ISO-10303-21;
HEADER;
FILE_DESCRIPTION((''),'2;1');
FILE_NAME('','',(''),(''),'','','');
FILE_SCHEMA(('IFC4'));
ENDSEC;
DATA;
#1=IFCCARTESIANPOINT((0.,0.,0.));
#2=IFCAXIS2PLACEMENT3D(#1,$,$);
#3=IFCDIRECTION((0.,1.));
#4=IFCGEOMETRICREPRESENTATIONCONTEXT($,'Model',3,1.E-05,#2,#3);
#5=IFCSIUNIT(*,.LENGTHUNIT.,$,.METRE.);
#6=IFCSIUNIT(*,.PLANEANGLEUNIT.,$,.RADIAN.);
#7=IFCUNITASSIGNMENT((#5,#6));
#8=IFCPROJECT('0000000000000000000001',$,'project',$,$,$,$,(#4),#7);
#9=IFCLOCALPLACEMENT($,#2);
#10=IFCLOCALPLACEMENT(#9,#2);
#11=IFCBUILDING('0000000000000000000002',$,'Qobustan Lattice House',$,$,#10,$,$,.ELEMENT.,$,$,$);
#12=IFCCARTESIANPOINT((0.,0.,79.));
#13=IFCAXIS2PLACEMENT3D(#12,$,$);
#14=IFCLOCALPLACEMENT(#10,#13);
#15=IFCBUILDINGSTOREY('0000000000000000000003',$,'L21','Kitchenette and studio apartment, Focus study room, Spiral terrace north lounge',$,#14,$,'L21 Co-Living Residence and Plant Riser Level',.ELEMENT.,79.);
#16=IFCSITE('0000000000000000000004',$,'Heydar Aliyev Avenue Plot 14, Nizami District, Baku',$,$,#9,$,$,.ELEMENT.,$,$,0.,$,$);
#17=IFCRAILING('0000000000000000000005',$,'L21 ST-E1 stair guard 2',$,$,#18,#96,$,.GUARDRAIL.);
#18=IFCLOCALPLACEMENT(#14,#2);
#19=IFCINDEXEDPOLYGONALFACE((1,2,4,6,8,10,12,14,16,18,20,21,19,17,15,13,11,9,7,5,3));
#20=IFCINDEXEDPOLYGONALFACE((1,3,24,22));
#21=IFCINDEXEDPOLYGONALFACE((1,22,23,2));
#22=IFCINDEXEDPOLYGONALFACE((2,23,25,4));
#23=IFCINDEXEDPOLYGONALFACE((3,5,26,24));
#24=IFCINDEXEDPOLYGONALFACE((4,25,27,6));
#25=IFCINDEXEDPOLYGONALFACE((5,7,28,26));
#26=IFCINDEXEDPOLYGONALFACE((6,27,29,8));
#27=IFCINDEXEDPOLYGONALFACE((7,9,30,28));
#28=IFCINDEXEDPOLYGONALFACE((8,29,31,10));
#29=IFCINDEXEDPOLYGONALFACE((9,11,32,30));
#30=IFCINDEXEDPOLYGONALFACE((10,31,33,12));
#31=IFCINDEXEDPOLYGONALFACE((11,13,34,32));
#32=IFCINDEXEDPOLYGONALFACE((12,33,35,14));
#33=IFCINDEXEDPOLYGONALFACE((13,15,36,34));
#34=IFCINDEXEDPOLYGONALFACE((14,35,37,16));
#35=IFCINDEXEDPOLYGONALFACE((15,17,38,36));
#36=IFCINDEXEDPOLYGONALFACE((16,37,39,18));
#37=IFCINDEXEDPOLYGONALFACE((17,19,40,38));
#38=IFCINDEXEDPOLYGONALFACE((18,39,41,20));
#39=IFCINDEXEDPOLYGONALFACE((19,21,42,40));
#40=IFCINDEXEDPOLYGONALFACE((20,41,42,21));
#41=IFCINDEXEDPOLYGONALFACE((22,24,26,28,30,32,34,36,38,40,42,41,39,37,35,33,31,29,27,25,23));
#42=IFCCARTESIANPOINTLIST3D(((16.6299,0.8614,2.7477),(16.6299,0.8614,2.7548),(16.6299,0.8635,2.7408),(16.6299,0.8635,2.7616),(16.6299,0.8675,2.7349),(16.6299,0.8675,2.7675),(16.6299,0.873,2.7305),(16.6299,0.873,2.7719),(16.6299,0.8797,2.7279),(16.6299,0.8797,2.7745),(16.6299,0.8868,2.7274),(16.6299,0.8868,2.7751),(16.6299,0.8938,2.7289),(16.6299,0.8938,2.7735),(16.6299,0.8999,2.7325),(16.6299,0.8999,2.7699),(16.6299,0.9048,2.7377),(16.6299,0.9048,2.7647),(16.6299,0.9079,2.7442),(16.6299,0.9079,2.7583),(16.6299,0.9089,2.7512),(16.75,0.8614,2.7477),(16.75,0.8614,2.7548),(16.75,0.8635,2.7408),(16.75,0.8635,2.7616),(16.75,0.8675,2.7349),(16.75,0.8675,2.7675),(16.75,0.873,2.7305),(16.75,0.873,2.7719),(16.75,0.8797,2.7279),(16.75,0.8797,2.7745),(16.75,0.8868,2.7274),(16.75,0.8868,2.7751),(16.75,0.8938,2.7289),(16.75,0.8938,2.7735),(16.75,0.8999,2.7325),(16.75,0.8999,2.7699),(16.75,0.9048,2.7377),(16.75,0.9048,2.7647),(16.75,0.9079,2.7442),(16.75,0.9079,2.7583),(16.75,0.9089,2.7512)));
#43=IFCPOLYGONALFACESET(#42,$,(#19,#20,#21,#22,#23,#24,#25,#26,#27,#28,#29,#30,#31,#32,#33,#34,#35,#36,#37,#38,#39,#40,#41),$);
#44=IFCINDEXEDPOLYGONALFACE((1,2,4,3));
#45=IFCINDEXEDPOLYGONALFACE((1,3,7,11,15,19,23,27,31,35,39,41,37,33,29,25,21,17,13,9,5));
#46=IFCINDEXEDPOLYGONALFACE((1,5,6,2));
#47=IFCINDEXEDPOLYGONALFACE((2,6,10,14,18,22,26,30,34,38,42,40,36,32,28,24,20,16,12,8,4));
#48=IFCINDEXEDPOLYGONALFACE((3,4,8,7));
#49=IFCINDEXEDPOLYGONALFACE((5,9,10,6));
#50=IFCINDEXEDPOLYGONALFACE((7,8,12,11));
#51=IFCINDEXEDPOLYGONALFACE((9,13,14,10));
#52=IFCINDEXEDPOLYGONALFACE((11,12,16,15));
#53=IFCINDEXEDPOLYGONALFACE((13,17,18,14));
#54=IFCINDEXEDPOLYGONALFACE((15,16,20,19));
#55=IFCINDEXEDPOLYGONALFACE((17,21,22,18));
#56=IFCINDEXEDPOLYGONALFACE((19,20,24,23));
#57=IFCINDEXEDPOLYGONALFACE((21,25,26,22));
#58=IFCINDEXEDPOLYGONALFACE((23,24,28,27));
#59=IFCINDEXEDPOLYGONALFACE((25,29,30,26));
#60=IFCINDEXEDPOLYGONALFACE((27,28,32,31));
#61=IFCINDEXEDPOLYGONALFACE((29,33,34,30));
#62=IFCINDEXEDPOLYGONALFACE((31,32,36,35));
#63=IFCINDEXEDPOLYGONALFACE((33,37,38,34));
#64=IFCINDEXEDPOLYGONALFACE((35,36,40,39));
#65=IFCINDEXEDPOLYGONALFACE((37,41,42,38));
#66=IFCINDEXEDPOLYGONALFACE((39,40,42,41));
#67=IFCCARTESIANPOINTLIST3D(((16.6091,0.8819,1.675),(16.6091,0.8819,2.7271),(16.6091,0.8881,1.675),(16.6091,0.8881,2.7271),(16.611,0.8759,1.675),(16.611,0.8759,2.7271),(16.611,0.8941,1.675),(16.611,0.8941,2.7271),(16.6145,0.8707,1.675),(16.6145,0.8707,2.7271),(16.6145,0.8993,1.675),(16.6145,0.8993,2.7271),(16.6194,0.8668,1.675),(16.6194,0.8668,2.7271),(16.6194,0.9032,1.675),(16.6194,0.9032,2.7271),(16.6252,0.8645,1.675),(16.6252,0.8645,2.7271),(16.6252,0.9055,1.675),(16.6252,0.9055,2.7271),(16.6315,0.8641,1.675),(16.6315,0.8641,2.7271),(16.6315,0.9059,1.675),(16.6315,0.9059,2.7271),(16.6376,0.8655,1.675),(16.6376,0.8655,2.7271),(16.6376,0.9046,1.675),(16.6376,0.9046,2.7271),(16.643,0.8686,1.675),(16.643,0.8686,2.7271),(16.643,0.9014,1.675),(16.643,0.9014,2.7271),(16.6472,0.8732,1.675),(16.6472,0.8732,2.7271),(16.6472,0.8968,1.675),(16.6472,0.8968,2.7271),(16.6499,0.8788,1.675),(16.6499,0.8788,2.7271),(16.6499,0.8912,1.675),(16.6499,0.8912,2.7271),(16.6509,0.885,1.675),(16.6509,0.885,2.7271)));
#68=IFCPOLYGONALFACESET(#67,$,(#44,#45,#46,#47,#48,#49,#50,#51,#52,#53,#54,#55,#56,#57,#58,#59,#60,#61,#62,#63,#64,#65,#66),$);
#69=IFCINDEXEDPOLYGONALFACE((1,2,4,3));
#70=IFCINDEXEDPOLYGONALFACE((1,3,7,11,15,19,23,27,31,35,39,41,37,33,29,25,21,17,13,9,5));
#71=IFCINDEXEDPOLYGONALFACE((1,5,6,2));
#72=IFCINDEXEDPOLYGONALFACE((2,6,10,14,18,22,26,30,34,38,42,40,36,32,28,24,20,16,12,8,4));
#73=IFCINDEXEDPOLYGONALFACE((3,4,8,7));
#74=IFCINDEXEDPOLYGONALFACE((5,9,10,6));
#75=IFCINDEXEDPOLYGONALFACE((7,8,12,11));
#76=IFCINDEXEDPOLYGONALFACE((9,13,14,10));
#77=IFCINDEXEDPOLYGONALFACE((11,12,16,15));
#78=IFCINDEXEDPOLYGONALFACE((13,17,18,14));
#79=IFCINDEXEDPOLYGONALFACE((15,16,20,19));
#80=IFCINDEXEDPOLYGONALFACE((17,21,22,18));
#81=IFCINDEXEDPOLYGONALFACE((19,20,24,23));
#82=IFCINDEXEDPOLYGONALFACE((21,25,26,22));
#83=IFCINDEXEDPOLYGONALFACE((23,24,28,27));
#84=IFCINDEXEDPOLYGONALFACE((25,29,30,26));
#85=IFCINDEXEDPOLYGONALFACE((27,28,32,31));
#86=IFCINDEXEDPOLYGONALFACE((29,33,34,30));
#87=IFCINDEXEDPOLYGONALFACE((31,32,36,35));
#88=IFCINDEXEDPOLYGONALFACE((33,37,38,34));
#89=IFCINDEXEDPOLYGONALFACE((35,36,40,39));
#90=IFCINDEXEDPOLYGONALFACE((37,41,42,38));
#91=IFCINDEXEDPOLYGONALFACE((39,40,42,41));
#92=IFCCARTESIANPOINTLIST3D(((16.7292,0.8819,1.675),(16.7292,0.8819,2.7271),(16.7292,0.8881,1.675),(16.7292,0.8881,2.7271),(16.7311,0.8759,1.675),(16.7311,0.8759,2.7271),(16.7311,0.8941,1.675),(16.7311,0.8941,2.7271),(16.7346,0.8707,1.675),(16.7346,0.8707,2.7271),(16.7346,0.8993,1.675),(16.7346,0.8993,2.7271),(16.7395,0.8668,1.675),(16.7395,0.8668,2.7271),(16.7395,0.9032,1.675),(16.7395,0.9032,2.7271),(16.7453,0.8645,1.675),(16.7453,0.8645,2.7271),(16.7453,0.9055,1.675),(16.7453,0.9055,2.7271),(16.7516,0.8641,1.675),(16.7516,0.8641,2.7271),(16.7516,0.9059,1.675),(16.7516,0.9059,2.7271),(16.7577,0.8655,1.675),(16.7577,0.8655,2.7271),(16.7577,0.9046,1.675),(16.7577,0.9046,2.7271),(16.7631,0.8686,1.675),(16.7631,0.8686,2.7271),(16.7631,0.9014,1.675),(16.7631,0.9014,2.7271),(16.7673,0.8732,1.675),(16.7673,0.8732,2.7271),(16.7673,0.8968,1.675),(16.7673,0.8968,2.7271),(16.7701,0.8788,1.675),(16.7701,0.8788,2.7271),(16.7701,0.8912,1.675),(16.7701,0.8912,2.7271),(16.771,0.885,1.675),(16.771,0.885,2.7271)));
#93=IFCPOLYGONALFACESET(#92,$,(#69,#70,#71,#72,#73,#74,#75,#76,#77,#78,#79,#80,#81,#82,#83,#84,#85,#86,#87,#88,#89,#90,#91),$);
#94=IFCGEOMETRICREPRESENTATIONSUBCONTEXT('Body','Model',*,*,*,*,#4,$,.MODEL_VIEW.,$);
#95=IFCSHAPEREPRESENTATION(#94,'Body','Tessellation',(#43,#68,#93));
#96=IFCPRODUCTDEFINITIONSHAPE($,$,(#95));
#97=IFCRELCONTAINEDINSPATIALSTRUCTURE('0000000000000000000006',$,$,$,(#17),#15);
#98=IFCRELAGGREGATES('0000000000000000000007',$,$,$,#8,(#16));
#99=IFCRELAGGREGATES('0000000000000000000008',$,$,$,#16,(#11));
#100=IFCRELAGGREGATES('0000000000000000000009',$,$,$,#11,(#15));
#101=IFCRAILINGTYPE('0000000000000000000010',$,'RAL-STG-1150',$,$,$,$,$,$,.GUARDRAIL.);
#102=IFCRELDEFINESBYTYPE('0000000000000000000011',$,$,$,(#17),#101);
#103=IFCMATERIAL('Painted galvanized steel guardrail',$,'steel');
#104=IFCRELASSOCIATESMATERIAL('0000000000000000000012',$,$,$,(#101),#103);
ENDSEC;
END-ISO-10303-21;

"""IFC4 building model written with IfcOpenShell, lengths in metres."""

from ifc_helpers import new_model, si_unit, direction, frame, origin, origin_2d, place, context, subcontext, project, spatial, circle, extrude, material, type_object, element, save


model = new_model("IFC4")

# Units and contexts
model_context = context("Model", 3, precision=1e-05, world=origin(), true_north=direction((0.0, 1.0)))
body_context = subcontext(model_context, "Body", "Model", "MODEL_VIEW")
ifc_project = project(units=[si_unit("LENGTHUNIT", "METRE"), si_unit("PLANEANGLEUNIT", "RADIAN")], contexts=[model_context])

# Site, building, storey
site_placement = place(None, origin())
site = spatial("IfcSite", under=ifc_project, at=site_placement, Name="Heydar Aliyev Avenue Plot 14, Nizami District, Baku", CompositionType="ELEMENT", RefElevation=0.0)
building_placement = place(site_placement, origin())
building = spatial("IfcBuilding", under=site, at=building_placement, Name="Qobustan Lattice House", CompositionType="ELEMENT")
storey_placement = place(building_placement, frame((0.0, 0.0, 79.0)))
storey = spatial("IfcBuildingStorey", under=building, at=storey_placement, Name="L21", Description="Kitchenette and studio apartment, Focus study room, Spiral terrace north lounge", LongName="L21 Co-Living Residence and Plant Riser Level", CompositionType="ELEMENT", Elevation=79.0)

# Railing
ifc_material_1 = material(Name="Painted galvanized steel guardrail", Category="steel")
railing_type_1 = type_object("IfcRailingType", Name="RAL-STG-1150", PredefinedType="GUARDRAIL", material=ifc_material_1)
railing_1_placement = place(storey_placement, frame((16.6299, 0.885, 1.675)))
element("IfcRailing", 1, at=railing_1_placement, inside=storey, type_object=railing_type_1, Name="L21 ST-E1 stair guard 2", PredefinedType="GUARDRAIL", context=body_context, shape_type="SweptSolid", body=[
    extrude(circle(Radius=0.0239, at=origin_2d()), frame((0.0, 0.0, 1.0762), z_axis=(1.0, 0.0, 0.0), x_axis=(0.0, 1.0, 0.0)), (0.0, 0.0, 1.0), 0.1201),
    extrude(circle(Radius=0.021, at=origin_2d()), origin(), (0.0, 0.0, 1.0), 1.052),
    extrude(circle(Radius=0.021, at=origin_2d()), frame((0.1201, 0.0, 0.0)), (0.0, 0.0, 1.0), 1.052),
])

save(model, "model.ifc")
